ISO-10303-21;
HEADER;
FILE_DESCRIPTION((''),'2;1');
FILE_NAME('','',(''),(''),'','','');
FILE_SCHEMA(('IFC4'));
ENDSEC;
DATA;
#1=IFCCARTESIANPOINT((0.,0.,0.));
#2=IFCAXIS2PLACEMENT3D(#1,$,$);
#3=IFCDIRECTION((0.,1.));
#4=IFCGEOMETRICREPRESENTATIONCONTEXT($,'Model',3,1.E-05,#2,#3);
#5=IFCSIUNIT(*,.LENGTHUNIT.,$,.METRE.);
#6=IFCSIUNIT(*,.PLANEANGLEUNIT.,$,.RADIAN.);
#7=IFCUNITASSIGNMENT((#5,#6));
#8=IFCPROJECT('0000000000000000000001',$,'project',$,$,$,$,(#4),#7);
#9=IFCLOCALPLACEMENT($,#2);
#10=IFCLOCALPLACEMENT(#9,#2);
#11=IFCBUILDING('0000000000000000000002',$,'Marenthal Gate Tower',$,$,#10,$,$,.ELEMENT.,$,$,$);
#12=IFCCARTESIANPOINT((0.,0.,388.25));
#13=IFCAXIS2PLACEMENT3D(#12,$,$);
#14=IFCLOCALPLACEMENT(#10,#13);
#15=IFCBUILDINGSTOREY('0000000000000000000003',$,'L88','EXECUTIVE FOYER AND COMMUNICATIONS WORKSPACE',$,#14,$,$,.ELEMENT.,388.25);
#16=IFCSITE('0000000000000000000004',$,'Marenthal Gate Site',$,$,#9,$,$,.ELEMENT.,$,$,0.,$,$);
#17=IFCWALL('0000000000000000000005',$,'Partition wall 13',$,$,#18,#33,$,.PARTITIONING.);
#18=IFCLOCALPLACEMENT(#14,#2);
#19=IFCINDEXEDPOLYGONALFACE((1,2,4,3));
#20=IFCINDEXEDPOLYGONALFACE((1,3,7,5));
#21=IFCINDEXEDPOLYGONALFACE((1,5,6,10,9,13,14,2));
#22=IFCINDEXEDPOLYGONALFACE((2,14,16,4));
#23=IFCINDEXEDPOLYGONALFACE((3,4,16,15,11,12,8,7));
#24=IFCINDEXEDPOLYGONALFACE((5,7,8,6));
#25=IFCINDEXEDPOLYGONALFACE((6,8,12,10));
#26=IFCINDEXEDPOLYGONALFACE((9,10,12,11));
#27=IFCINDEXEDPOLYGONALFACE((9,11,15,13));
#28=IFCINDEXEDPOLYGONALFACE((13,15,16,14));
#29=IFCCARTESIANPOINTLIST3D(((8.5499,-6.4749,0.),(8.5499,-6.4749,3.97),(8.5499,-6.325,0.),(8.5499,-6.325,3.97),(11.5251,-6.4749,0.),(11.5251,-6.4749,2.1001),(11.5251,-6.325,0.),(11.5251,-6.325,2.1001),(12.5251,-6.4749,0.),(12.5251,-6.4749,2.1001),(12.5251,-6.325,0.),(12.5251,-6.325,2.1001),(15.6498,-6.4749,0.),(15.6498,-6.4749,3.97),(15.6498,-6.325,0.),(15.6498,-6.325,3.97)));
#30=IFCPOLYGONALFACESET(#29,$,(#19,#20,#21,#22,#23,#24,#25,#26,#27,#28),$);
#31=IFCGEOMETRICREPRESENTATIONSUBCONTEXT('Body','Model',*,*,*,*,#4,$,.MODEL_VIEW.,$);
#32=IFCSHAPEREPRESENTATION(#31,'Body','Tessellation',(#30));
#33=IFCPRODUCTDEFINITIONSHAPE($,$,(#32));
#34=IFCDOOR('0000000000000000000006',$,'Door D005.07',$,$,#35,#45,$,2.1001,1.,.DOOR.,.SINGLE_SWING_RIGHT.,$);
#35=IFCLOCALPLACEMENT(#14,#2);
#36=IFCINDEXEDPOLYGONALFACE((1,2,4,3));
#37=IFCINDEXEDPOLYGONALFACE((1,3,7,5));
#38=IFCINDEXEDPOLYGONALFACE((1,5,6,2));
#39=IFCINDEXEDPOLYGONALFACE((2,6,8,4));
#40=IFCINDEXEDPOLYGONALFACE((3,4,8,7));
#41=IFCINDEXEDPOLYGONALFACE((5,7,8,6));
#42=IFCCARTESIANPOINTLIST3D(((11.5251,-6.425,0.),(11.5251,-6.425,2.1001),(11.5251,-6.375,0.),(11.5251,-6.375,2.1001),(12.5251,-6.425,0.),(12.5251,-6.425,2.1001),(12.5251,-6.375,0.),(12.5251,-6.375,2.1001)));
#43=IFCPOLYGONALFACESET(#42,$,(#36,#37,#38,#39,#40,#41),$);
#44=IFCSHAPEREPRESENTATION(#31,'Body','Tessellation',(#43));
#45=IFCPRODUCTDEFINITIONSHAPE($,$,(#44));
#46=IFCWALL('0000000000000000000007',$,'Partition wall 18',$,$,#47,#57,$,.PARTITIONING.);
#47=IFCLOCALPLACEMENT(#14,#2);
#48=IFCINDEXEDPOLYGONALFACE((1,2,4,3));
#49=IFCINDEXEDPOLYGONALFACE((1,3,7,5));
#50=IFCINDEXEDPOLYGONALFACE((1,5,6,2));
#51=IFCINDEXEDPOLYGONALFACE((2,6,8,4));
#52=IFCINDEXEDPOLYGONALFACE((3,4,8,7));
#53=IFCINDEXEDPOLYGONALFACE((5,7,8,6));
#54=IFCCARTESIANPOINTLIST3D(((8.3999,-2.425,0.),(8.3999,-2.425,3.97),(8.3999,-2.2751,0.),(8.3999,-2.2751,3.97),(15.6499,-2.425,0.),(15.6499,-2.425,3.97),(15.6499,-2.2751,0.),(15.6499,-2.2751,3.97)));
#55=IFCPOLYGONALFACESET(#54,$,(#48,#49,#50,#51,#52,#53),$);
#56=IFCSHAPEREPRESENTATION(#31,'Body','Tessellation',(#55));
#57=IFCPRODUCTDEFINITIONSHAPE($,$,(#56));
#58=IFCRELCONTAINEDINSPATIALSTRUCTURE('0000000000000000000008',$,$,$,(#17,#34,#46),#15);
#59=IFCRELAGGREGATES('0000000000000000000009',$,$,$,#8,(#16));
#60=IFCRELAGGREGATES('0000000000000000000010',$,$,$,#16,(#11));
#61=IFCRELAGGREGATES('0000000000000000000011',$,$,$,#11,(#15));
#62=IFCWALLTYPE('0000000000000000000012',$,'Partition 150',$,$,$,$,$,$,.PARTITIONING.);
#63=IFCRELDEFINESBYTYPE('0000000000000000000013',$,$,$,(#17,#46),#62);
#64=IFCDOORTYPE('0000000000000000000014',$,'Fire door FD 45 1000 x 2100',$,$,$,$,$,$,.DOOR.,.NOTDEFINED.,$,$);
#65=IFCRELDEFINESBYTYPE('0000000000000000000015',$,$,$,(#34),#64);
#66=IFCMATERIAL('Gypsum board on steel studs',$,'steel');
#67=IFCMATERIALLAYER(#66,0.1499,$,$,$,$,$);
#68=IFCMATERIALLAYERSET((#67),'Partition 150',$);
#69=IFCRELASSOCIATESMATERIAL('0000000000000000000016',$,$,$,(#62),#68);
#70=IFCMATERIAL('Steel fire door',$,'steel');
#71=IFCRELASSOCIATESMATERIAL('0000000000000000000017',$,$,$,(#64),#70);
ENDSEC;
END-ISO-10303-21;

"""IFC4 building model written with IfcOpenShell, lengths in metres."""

from ifc_helpers import new_model, si_unit, direction, frame, frame_2d, origin, place, context, subcontext, project, spatial, rectangle, extrude, material, layer, layer_set, type_object, element, fill, save


model = new_model("IFC4")

# Units and contexts
model_context = context("Model", 3, precision=1e-05, world=origin(), true_north=direction((0.0, 1.0)))
body_context = subcontext(model_context, "Body", "Model", "MODEL_VIEW")
ifc_project = project(units=[si_unit("LENGTHUNIT", "METRE"), si_unit("PLANEANGLEUNIT", "RADIAN")], contexts=[model_context])

# Site, building, storey
site_placement = place(None, origin())
site = spatial("IfcSite", under=ifc_project, at=site_placement, Name="Marenthal Gate Site", CompositionType="ELEMENT", RefElevation=0.0)
building_placement = place(site_placement, origin())
building = spatial("IfcBuilding", under=site, at=building_placement, Name="Marenthal Gate Tower", CompositionType="ELEMENT")
storey_placement = place(building_placement, frame((0.0, 0.0, 388.25)))
storey = spatial("IfcBuildingStorey", under=building, at=storey_placement, Name="L88", Description="EXECUTIVE FOYER AND COMMUNICATIONS WORKSPACE", CompositionType="ELEMENT", Elevation=388.25)

# Wall, opening, door
ifc_material_1 = material(Name="Gypsum board on steel studs", Category="steel")
ifc_layer_1 = layer(ifc_material_1, 0.1499)
ifc_layer_set_1 = layer_set([ifc_layer_1], Name="Partition 150")
wall_type_1 = type_object("IfcWallType", Name="Partition 150", PredefinedType="PARTITIONING", material=ifc_layer_set_1)
ifc_material_2 = material(Name="Steel fire door", Category="steel")
door_type = type_object("IfcDoorType", Name="Fire door FD 45 1000 x 2100", OperationType="NOTDEFINED", PredefinedType="DOOR", material=ifc_material_2)
wall_1_placement = place(storey_placement, frame((8.55, -6.3999, 0.0), z_axis=(0.0, 0.0, 1.0), x_axis=(1.0, 0.0, 0.0)))
wall_1 = element("IfcWall", 1, at=wall_1_placement, inside=storey, type_object=wall_type_1, Name="Partition wall 13", PredefinedType="PARTITIONING", context=body_context, shape_type="SweptSolid", body=[
    extrude(rectangle(XDim=7.0999, YDim=0.1499, at=frame_2d((3.5498, 0.0))), origin(), (0.0, 0.0, 1.0), 3.97),
])
opening_1_placement = place(wall_1_placement, frame((2.9751, 0.0, 0.0)))
opening_1 = element("IfcOpeningElement", 2, at=opening_1_placement, cuts=wall_1, PredefinedType="OPENING", context=body_context, shape_type="SweptSolid", body=[
    extrude(rectangle(XDim=1.0, YDim=2.1001, at=frame_2d((0.5, 1.05))), frame((0.0, 0.085, 0.0), z_axis=(0.0, -1.0, 0.0), x_axis=(1.0, 0.0, 0.0)), (0.0, 0.0, 1.0), 0.1699),
])
door_1_placement = place(opening_1_placement, origin())
door_1 = element("IfcDoor", 3, at=door_1_placement, inside=storey, type_object=door_type, Name="Door D005.07", OperationType="SINGLE_SWING_RIGHT", OverallHeight=2.1001, OverallWidth=1.0, PredefinedType="DOOR", context=body_context, shape_type="SweptSolid", body=[
    extrude(rectangle(XDim=1.0, YDim=2.1001, at=frame_2d((0.5, 1.05))), frame((0.0, 0.0249, 0.0), z_axis=(0.0, -1.0, 0.0), x_axis=(1.0, 0.0, 0.0)), (0.0, 0.0, 1.0), 0.05),
])
fill(opening_1, door_1)

# Wall
wall_2_placement = place(storey_placement, frame((8.3999, -2.3501, 0.0), z_axis=(0.0, 0.0, 1.0), x_axis=(1.0, 0.0, 0.0)))
element("IfcWall", 4, at=wall_2_placement, inside=storey, type_object=wall_type_1, Name="Partition wall 18", PredefinedType="PARTITIONING", context=body_context, shape_type="SweptSolid", body=[
    extrude(rectangle(XDim=7.25, YDim=0.1499, at=frame_2d((3.625, 0.0))), origin(), (0.0, 0.0, 1.0), 3.97),
])

save(model, "model.ifc")
